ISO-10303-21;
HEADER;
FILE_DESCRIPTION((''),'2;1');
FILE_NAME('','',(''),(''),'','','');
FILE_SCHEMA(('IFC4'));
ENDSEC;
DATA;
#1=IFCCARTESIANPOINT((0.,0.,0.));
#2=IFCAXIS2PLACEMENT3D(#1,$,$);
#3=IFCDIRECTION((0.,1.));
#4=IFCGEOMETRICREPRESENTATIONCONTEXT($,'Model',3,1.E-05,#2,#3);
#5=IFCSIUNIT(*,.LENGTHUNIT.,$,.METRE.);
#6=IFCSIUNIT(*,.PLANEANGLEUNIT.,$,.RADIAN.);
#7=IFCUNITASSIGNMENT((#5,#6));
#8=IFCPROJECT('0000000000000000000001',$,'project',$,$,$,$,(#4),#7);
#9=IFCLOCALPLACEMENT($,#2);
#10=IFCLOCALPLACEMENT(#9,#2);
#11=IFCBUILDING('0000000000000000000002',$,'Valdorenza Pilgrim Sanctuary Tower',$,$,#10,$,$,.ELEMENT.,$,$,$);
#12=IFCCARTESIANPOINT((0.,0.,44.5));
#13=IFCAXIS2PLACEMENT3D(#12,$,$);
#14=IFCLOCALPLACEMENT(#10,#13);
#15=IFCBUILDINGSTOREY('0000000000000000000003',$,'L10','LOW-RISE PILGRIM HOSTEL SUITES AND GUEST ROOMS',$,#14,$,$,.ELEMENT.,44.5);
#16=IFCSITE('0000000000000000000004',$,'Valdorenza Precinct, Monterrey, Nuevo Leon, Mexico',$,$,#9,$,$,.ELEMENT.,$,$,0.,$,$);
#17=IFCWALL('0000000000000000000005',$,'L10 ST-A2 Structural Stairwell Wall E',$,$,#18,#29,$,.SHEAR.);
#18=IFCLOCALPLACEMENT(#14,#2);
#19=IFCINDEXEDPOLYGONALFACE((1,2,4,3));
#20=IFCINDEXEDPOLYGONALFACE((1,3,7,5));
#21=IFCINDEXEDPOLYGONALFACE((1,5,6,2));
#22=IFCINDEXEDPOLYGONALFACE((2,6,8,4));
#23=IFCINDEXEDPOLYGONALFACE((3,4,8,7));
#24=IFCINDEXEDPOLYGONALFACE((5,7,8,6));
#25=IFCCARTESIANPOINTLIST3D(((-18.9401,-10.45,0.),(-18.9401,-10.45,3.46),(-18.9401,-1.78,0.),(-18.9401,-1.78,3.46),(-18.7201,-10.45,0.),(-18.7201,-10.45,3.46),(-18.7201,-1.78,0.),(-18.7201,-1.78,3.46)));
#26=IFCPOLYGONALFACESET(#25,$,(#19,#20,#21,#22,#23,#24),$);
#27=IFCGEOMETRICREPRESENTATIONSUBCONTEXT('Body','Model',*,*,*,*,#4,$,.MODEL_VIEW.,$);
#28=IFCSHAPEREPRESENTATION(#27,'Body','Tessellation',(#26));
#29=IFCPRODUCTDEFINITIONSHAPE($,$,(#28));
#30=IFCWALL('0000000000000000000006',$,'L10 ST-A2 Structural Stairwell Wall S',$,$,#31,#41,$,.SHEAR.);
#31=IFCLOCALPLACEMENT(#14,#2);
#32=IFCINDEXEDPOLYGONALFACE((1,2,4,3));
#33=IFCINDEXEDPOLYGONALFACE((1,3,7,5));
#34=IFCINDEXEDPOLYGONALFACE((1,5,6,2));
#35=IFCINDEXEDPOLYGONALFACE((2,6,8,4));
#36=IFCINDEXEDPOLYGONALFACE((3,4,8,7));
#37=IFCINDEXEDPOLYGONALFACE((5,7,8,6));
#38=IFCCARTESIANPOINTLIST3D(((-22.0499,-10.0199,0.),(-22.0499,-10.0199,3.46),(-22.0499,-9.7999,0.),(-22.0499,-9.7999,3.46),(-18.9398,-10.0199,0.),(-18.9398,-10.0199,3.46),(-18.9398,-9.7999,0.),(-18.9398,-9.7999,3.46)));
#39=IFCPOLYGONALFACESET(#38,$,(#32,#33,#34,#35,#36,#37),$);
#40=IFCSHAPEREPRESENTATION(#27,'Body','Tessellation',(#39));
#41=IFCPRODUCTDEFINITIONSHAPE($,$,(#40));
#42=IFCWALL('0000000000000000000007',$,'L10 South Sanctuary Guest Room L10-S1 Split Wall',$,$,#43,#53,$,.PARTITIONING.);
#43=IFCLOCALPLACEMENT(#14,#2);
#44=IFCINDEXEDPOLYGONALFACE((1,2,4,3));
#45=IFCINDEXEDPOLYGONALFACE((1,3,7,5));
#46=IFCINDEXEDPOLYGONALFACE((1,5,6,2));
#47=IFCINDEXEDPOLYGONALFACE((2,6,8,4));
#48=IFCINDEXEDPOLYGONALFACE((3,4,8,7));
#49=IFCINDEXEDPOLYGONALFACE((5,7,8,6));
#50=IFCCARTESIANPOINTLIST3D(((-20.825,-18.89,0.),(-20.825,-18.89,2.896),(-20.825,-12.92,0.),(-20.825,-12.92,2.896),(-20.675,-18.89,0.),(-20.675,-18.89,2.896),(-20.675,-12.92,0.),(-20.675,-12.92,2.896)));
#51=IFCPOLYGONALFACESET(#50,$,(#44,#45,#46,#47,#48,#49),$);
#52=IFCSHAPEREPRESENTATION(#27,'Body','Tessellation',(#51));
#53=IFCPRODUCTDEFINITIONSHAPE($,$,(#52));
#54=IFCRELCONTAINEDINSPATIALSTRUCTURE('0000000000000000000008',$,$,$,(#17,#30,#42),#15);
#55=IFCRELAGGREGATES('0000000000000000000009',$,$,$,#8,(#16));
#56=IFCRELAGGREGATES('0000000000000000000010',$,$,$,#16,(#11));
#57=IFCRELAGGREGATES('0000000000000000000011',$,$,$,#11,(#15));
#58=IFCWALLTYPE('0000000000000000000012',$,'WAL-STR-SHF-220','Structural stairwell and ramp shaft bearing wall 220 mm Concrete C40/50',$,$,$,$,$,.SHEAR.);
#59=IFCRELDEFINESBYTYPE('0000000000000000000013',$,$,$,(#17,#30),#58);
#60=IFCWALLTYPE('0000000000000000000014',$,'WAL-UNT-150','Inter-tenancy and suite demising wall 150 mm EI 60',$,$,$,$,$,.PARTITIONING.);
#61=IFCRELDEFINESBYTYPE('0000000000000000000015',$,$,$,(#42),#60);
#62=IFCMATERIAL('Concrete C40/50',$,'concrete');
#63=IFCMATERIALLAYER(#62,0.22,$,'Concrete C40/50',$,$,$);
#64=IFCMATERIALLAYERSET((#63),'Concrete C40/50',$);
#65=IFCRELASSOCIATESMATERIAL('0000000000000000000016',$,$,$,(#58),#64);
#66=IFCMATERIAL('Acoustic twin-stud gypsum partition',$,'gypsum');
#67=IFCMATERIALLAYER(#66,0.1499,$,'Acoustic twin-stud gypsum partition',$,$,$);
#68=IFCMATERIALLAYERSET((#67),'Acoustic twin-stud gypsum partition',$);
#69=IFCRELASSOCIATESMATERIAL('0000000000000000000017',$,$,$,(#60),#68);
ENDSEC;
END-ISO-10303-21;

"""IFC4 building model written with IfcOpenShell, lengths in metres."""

from ifc_helpers import new_model, si_unit, direction, frame, frame_2d, origin, place, context, subcontext, project, spatial, rectangle, extrude, material, layer, layer_set, type_object, element, save


model = new_model("IFC4")

# Units and contexts
model_context = context("Model", 3, precision=1e-05, world=origin(), true_north=direction((0.0, 1.0)))
body_context = subcontext(model_context, "Body", "Model", "MODEL_VIEW")
ifc_project = project(units=[si_unit("LENGTHUNIT", "METRE"), si_unit("PLANEANGLEUNIT", "RADIAN")], contexts=[model_context])

# Site, building, storey
site_placement = place(None, origin())
site = spatial("IfcSite", under=ifc_project, at=site_placement, Name="Valdorenza Precinct, Monterrey, Nuevo Leon, Mexico", CompositionType="ELEMENT", RefElevation=0.0)
building_placement = place(site_placement, origin())
building = spatial("IfcBuilding", under=site, at=building_placement, Name="Valdorenza Pilgrim Sanctuary Tower", CompositionType="ELEMENT")
storey_placement = place(building_placement, frame((0.0, 0.0, 44.5)))
storey = spatial("IfcBuildingStorey", under=building, at=storey_placement, Name="L10", Description="LOW-RISE PILGRIM HOSTEL SUITES AND GUEST ROOMS", CompositionType="ELEMENT", Elevation=44.5)

# Shared definitions
ifc_material_1 = material(Name="Acoustic twin-stud gypsum partition", Category="gypsum")

# Walls
ifc_material_2 = material(Name="Concrete C40/50", Category="concrete")
ifc_layer_1 = layer(ifc_material_2, 0.22, Name="Concrete C40/50")
ifc_layer_set_1 = layer_set([ifc_layer_1], Name="Concrete C40/50")
wall_type_1 = type_object("IfcWallType", Name="WAL-STR-SHF-220", Description="Structural stairwell and ramp shaft bearing wall 220 mm Concrete C40/50", PredefinedType="SHEAR", material=ifc_layer_set_1)
for number, where, z_axis, x_axis, name in (
    (1, (-18.8301, -10.45, 0.0), (0.0, 0.0, 1.0), (0.0, 1.0, 0.0), "L10 ST-A2 Structural Stairwell Wall E"),
):
    element("IfcWall", number, at=place(storey_placement, frame(where, z_axis=z_axis, x_axis=x_axis)), inside=storey, type_object=wall_type_1, Name=name, PredefinedType="SHEAR", context=body_context, shape_type="SweptSolid", body=[
        extrude(rectangle(XDim=8.6699, YDim=0.22, at=frame_2d((4.335, 0.0))), origin(), (0.0, 0.0, 1.0), 3.46),
    ])
wall_1_placement = place(storey_placement, frame((-22.05, -9.9099, 0.0), z_axis=(0.0, 0.0, 1.0), x_axis=(1.0, 0.0, 0.0)))
element("IfcWall", 2, at=wall_1_placement, inside=storey, type_object=wall_type_1, Name="L10 ST-A2 Structural Stairwell Wall S", PredefinedType="SHEAR", context=body_context, shape_type="SweptSolid", body=[
    extrude(rectangle(XDim=3.1101, YDim=0.22, at=frame_2d((1.5552, 0.0))), origin(), (0.0, 0.0, 1.0), 3.46),
])
ifc_layer_2 = layer(ifc_material_1, 0.1499, Name="Acoustic twin-stud gypsum partition")
ifc_layer_set_2 = layer_set([ifc_layer_2], Name="Acoustic twin-stud gypsum partition")
wall_type_2 = type_object("IfcWallType", Name="WAL-UNT-150", Description="Inter-tenancy and suite demising wall 150 mm EI 60", PredefinedType="PARTITIONING", material=ifc_layer_set_2)
wall_2_placement = place(storey_placement, frame((-20.75, -18.8899, 0.0), z_axis=(0.0, 0.0, 1.0), x_axis=(0.0, 1.0, 0.0)))
element("IfcWall", 3, at=wall_2_placement, inside=storey, type_object=wall_type_2, Name="L10 South Sanctuary Guest Room L10-S1 Split Wall", PredefinedType="PARTITIONING", context=body_context, shape_type="SweptSolid", body=[
    extrude(rectangle(XDim=5.97, YDim=0.1499, at=frame_2d((2.9849, 0.0))), origin(), (0.0, 0.0, 1.0), 2.896),
])

save(model, "model.ifc")
